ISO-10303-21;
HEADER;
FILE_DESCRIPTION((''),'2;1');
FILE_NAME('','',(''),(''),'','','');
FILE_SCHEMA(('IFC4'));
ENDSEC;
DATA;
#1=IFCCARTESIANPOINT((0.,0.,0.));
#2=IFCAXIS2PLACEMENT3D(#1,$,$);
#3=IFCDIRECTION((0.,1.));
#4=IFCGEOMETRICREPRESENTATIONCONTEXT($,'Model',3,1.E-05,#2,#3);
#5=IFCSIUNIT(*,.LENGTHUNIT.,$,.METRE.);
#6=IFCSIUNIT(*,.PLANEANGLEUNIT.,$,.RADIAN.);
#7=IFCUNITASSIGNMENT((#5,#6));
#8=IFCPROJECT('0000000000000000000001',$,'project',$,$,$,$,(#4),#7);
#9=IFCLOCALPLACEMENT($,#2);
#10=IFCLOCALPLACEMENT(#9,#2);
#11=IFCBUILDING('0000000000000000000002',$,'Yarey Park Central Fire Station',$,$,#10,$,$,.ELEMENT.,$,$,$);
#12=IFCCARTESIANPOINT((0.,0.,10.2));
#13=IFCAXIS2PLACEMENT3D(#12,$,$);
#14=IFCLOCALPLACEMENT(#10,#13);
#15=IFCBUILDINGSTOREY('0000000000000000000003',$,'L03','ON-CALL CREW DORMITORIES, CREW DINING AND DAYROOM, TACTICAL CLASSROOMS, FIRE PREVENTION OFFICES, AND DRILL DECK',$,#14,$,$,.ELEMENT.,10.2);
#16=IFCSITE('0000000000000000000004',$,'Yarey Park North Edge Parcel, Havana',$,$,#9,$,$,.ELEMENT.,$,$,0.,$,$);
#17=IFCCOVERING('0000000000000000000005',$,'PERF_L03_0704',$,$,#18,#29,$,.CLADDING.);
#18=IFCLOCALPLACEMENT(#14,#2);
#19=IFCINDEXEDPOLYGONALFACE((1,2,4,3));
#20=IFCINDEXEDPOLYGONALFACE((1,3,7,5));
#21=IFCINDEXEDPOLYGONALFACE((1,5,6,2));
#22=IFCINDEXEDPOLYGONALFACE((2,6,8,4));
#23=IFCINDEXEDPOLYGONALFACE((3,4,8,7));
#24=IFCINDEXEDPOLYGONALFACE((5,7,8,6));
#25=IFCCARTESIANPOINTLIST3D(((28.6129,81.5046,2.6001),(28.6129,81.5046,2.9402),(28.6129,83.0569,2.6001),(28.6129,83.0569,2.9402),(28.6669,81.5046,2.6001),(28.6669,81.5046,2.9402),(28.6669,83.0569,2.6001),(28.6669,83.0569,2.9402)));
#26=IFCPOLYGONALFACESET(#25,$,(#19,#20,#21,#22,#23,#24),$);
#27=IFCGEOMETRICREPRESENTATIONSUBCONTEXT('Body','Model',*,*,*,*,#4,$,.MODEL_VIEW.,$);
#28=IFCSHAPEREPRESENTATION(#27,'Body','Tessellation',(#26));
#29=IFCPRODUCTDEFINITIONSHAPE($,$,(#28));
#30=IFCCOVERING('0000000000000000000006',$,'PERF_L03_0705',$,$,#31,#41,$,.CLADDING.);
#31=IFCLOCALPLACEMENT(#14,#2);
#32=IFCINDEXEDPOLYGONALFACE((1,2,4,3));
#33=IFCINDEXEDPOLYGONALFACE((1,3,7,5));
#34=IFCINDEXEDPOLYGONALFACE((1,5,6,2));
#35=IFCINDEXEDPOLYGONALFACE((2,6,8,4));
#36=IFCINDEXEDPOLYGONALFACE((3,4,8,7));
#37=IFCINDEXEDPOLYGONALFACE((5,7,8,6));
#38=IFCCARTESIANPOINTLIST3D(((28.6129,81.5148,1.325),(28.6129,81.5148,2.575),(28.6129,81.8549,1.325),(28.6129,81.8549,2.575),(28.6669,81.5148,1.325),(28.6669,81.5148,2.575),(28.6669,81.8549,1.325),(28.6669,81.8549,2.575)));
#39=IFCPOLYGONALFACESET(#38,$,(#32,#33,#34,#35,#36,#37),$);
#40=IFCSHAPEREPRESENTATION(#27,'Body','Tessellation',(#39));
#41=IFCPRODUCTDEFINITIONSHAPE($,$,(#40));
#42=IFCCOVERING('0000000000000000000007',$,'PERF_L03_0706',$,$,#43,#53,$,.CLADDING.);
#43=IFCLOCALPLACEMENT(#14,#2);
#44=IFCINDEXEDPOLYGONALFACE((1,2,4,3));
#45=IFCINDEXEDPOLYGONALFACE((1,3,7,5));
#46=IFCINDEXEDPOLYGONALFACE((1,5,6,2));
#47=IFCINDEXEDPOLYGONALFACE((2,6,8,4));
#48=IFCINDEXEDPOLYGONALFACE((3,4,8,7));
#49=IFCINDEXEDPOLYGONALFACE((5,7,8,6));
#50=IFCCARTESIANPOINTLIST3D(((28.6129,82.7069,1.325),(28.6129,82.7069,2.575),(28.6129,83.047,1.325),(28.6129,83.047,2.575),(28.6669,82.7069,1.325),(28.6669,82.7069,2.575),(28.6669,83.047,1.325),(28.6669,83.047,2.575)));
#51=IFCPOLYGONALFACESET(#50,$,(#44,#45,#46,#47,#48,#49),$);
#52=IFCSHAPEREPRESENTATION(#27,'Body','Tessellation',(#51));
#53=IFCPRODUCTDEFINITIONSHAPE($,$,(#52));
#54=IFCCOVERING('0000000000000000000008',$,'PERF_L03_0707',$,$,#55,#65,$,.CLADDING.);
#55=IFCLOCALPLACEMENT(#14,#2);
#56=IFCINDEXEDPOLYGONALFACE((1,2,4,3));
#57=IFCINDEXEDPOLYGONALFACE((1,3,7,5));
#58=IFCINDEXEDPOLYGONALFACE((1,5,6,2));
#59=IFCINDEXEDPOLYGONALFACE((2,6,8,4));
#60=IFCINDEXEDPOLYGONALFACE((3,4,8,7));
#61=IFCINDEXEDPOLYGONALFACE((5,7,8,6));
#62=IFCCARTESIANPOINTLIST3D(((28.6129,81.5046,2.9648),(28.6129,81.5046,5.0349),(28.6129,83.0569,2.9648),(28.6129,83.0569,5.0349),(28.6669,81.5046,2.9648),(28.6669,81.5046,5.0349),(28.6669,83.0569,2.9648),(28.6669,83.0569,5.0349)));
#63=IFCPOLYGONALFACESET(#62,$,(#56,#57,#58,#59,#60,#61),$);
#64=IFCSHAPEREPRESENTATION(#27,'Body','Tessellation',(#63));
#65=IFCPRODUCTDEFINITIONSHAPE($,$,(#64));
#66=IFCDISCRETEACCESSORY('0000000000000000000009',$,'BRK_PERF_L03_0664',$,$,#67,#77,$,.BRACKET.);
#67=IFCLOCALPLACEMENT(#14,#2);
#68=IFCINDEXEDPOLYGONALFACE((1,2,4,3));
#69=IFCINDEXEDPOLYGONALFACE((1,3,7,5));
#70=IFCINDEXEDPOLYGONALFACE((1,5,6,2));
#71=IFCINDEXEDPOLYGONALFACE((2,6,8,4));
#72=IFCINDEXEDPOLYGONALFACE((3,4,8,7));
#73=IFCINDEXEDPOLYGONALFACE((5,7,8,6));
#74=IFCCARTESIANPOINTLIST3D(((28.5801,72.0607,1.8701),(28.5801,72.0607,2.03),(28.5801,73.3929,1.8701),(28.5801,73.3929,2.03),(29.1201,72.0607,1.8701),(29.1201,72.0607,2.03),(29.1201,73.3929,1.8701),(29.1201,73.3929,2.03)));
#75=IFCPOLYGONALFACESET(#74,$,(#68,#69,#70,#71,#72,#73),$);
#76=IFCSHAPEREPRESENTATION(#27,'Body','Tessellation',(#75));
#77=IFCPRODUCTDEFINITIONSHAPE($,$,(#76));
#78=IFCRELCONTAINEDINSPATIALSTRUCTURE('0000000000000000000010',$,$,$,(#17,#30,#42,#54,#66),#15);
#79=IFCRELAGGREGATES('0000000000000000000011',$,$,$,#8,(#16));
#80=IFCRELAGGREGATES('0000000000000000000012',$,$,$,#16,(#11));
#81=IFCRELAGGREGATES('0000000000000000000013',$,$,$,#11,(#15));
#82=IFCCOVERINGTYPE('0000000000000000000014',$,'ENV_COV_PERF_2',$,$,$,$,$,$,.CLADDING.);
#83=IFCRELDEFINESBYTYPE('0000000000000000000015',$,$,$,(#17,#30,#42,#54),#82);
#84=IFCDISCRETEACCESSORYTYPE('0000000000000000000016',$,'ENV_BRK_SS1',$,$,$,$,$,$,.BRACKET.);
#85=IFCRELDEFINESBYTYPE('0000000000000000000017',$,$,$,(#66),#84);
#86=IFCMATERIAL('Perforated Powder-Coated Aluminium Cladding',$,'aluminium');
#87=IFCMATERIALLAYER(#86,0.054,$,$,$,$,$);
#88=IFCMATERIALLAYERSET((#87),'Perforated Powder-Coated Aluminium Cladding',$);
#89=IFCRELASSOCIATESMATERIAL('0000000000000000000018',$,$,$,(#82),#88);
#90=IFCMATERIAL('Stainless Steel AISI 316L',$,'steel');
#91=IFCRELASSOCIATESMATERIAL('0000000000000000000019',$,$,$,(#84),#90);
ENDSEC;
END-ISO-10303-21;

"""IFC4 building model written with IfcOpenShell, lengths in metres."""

from ifc_helpers import new_model, si_unit, direction, frame, origin, origin_2d, place, context, subcontext, project, spatial, rectangle, extrude, material, layer, layer_set, type_object, element, save


model = new_model("IFC4")

# Units and contexts
model_context = context("Model", 3, precision=1e-05, world=origin(), true_north=direction((0.0, 1.0)))
body_context = subcontext(model_context, "Body", "Model", "MODEL_VIEW")
ifc_project = project(units=[si_unit("LENGTHUNIT", "METRE"), si_unit("PLANEANGLEUNIT", "RADIAN")], contexts=[model_context])

# Site, building, storey
site_placement = place(None, origin())
site = spatial("IfcSite", under=ifc_project, at=site_placement, Name="Yarey Park North Edge Parcel, Havana", CompositionType="ELEMENT", RefElevation=0.0)
building_placement = place(site_placement, origin())
building = spatial("IfcBuilding", under=site, at=building_placement, Name="Yarey Park Central Fire Station", CompositionType="ELEMENT")
storey_placement = place(building_placement, frame((0.0, 0.0, 10.2)))
storey = spatial("IfcBuildingStorey", under=building, at=storey_placement, Name="L03", Description="ON-CALL CREW DORMITORIES, CREW DINING AND DAYROOM, TACTICAL CLASSROOMS, FIRE PREVENTION OFFICES, AND DRILL DECK", CompositionType="ELEMENT", Elevation=10.2)

# Coverings
ifc_material_1 = material(Name="Perforated Powder-Coated Aluminium Cladding", Category="aluminium")
ifc_layer_1 = layer(ifc_material_1, 0.054)
ifc_layer_set_1 = layer_set([ifc_layer_1], Name="Perforated Powder-Coated Aluminium Cladding")
covering_type_1 = type_object("IfcCoveringType", Name="ENV_COV_PERF_2", PredefinedType="CLADDING", material=ifc_layer_set_1)
for number, where, z_axis, x_axis, name in (
    (1, (28.6399, 82.2808, 2.6001), (0.0, 0.0, 1.0), (0.0, 1.0, 0.0), "PERF_L03_0704"),
):
    element("IfcCovering", number, at=place(storey_placement, frame(where, z_axis=z_axis, x_axis=x_axis)), inside=storey, type_object=covering_type_1, Name=name, PredefinedType="CLADDING", context=body_context, shape_type="SweptSolid", body=[
        extrude(rectangle(XDim=1.5522, YDim=0.054, at=origin_2d()), origin(), (0.0, 0.0, 1.0), 0.3401),
    ])
for number, where, z_axis, x_axis, name in (
    (2, (28.6399, 81.6848, 1.325), (0.0, 0.0, 1.0), (0.0, 1.0, 0.0), "PERF_L03_0705"),
    (3, (28.6399, 82.877, 1.325), (0.0, 0.0, 1.0), (0.0, 1.0, 0.0), "PERF_L03_0706"),
):
    element("IfcCovering", number, at=place(storey_placement, frame(where, z_axis=z_axis, x_axis=x_axis)), inside=storey, type_object=covering_type_1, Name=name, PredefinedType="CLADDING", context=body_context, shape_type="SweptSolid", body=[
        extrude(rectangle(XDim=0.3401, YDim=0.054, at=origin_2d()), origin(), (0.0, 0.0, 1.0), 1.25),
    ])
covering_1_placement = place(storey_placement, frame((28.6399, 82.2808, 2.9648), z_axis=(0.0, 0.0, 1.0), x_axis=(0.0, 1.0, 0.0)))
element("IfcCovering", 4, at=covering_1_placement, inside=storey, type_object=covering_type_1, Name="PERF_L03_0707", PredefinedType="CLADDING", context=body_context, shape_type="SweptSolid", body=[
    extrude(rectangle(XDim=1.5522, YDim=0.054, at=origin_2d()), origin(), (0.0, 0.0, 1.0), 2.0701),
])

# Discrete accessory
ifc_material_2 = material(Name="Stainless Steel AISI 316L", Category="steel")
discrete_accessory_type = type_object("IfcDiscreteAccessoryType", Name="ENV_BRK_SS1", PredefinedType="BRACKET", material=ifc_material_2)
discrete_accessory_placement = place(storey_placement, frame((28.8501, 72.7268, 1.8701), z_axis=(0.0, 0.0, 1.0), x_axis=(1.0, 0.0, 0.0)))
element("IfcDiscreteAccessory", 5, at=discrete_accessory_placement, inside=storey, type_object=discrete_accessory_type, Name="BRK_PERF_L03_0664", PredefinedType="BRACKET", context=body_context, shape_type="SweptSolid", body=[
    extrude(rectangle(XDim=0.54, YDim=1.3323, at=origin_2d()), origin(), (0.0, 0.0, 1.0), 0.1599),
])

save(model, "model.ifc")
